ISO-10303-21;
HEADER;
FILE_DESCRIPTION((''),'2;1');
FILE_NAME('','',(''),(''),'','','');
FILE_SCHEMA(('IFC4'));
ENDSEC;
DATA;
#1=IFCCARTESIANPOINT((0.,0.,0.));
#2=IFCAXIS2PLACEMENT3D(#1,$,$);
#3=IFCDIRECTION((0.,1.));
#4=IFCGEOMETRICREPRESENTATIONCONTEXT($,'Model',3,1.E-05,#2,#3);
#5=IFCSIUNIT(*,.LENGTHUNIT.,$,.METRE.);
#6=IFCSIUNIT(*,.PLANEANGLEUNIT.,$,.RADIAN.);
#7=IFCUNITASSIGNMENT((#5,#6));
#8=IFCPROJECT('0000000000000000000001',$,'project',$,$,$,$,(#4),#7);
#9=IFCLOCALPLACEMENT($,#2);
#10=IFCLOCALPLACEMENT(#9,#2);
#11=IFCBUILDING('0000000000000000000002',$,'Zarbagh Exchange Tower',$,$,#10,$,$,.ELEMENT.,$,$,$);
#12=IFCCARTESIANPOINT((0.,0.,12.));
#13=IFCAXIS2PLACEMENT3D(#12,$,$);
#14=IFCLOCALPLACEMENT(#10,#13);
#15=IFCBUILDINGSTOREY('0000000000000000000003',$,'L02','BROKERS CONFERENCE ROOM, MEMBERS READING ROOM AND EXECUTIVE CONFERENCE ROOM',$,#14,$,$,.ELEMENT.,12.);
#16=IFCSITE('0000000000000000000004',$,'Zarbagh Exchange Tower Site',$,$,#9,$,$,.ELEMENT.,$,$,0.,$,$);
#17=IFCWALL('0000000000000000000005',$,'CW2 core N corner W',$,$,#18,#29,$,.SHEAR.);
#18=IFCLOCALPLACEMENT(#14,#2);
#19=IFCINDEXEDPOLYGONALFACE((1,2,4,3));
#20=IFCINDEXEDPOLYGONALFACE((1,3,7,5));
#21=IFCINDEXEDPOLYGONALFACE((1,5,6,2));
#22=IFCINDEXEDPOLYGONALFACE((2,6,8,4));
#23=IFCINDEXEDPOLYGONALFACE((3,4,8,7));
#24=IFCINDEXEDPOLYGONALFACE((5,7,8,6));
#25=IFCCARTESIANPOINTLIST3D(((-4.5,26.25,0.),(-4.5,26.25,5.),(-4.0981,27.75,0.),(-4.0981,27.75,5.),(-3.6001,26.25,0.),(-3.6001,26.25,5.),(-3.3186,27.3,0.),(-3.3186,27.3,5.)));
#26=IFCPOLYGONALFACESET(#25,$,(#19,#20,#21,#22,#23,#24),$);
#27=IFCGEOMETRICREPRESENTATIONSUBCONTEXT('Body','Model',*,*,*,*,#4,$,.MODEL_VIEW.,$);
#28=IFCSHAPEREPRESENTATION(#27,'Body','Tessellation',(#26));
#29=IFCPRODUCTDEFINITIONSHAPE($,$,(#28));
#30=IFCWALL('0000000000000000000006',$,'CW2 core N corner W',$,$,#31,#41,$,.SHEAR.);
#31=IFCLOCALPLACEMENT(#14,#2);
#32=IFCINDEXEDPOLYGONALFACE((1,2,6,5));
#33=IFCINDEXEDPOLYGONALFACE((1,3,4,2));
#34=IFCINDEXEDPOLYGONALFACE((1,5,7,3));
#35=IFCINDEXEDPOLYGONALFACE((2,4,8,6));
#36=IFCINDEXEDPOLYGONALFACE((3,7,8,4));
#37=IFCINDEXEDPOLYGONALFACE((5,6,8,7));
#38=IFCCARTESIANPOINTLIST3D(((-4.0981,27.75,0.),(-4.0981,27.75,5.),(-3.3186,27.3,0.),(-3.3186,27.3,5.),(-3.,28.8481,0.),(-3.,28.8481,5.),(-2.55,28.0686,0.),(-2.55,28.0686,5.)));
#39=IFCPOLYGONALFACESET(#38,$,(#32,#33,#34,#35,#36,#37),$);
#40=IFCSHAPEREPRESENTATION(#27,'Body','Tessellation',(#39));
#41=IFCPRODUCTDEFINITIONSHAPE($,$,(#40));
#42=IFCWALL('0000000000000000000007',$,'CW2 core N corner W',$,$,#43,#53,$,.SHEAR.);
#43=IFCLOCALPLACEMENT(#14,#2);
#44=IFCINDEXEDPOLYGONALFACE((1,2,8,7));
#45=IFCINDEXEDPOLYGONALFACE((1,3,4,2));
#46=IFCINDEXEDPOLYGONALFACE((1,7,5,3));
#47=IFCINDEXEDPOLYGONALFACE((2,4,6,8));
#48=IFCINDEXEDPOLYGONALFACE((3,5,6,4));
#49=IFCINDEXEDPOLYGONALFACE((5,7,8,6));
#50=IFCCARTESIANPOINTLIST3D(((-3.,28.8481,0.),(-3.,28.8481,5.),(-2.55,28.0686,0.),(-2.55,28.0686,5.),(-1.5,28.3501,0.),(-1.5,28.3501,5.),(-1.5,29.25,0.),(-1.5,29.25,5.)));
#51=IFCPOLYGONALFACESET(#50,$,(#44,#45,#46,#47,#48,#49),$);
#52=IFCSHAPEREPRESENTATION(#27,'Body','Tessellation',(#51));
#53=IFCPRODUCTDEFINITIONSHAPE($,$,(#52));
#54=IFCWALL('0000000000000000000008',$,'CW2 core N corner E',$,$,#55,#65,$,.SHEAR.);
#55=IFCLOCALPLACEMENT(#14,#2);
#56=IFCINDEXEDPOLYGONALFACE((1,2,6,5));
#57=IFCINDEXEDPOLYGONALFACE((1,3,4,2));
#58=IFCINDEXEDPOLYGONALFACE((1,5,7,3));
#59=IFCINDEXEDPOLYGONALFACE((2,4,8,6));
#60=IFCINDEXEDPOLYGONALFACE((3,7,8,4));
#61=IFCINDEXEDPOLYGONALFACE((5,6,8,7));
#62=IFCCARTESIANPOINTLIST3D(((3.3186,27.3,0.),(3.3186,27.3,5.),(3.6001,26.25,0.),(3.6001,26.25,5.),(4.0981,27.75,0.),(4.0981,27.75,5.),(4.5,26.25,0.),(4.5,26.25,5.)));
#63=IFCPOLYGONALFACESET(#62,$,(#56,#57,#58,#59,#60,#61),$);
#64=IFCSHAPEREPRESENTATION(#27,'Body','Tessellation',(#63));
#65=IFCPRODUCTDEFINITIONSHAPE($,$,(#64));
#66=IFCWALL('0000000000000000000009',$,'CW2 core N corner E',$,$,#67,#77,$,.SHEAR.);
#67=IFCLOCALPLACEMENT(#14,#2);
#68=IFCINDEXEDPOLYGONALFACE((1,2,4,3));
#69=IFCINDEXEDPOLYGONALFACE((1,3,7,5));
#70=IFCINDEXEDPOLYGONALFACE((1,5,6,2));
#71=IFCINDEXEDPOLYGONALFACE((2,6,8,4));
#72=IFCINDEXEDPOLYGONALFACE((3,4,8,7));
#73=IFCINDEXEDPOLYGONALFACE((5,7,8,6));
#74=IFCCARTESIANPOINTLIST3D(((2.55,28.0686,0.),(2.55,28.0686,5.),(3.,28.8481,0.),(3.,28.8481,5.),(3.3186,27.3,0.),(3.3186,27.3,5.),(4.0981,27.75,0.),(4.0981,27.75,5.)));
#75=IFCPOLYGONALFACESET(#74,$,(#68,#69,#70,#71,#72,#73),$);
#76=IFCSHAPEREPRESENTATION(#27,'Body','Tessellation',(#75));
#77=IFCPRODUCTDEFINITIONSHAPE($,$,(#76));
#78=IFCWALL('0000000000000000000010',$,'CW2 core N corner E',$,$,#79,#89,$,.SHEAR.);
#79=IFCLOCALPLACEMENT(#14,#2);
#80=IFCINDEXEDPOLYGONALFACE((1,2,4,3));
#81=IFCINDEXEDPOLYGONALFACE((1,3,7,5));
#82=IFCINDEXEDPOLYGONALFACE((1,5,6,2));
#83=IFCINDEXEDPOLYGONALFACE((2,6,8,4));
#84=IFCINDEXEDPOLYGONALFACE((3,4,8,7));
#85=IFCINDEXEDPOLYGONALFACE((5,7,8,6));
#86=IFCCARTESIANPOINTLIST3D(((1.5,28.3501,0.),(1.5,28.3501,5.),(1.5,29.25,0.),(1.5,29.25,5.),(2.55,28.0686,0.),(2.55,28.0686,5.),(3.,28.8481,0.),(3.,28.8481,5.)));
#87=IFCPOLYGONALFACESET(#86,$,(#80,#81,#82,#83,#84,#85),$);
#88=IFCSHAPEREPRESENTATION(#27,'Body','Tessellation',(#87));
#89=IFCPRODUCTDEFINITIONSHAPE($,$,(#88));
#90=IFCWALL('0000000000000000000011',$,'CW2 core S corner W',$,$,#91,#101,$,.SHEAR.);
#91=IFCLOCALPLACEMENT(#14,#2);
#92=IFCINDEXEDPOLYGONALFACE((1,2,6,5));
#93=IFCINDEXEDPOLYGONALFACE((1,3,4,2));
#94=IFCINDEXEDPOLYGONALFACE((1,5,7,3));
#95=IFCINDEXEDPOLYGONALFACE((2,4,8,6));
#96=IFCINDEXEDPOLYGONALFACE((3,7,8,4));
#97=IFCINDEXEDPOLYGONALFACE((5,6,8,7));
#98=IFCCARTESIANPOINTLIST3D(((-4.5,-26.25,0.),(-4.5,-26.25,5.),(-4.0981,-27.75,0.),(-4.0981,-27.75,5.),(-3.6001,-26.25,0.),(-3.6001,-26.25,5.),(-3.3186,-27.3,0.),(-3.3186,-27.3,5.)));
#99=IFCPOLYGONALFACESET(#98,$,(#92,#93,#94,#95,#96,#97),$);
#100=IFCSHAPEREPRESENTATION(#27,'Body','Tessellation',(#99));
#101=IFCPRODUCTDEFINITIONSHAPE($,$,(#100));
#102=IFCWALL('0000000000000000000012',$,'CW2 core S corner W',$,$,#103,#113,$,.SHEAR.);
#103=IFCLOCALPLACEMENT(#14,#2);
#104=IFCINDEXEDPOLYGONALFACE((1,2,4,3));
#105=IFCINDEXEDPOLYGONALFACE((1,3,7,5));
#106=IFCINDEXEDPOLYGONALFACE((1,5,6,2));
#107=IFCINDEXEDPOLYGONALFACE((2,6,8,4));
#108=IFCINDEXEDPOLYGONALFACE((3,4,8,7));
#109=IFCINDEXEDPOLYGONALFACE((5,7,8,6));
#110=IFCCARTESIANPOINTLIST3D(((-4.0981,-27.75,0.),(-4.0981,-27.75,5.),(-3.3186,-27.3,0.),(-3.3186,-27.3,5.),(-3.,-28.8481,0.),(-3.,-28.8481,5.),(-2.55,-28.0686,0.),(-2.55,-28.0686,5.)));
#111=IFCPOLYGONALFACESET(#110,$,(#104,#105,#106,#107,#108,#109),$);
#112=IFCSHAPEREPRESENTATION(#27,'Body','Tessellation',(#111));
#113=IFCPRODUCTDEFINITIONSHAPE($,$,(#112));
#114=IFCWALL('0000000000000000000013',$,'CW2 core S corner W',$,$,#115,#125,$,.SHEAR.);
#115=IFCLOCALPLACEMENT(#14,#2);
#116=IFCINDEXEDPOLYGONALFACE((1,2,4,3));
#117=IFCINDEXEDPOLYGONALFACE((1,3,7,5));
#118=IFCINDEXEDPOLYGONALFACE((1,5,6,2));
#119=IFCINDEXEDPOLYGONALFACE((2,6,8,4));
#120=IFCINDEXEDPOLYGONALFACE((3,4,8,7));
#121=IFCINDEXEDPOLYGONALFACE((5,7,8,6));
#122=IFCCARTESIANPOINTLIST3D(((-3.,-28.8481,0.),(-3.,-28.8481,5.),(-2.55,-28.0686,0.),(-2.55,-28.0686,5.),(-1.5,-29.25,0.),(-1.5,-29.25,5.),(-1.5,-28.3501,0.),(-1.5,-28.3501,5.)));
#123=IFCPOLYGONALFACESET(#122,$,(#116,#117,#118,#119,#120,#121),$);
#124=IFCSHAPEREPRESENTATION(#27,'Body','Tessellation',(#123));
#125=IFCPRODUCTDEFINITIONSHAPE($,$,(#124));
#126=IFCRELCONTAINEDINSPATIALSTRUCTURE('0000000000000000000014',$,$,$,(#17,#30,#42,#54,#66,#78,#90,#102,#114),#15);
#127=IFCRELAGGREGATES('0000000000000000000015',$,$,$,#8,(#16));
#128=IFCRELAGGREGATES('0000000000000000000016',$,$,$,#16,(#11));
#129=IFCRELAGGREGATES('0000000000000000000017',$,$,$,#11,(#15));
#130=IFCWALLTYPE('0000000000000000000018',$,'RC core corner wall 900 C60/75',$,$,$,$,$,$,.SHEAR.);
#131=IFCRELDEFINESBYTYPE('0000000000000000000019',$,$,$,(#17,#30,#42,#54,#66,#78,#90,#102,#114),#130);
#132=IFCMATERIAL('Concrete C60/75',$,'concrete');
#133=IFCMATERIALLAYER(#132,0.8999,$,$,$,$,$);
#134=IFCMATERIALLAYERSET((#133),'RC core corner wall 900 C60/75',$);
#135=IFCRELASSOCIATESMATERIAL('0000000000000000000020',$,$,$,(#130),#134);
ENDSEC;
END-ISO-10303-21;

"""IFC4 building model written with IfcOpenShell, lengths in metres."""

from ifc_helpers import new_model, si_unit, direction, frame, origin, place, context, subcontext, project, spatial, polyline, outline, extrude, material, layer, layer_set, type_object, element, save


model = new_model("IFC4")

# Units and contexts
model_context = context("Model", 3, precision=1e-05, world=origin(), true_north=direction((0.0, 1.0)))
body_context = subcontext(model_context, "Body", "Model", "MODEL_VIEW")
ifc_project = project(units=[si_unit("LENGTHUNIT", "METRE"), si_unit("PLANEANGLEUNIT", "RADIAN")], contexts=[model_context])

# Site, building, storey
site_placement = place(None, origin())
site = spatial("IfcSite", under=ifc_project, at=site_placement, Name="Zarbagh Exchange Tower Site", CompositionType="ELEMENT", RefElevation=0.0)
building_placement = place(site_placement, origin())
building = spatial("IfcBuilding", under=site, at=building_placement, Name="Zarbagh Exchange Tower", CompositionType="ELEMENT")
storey_placement = place(building_placement, frame((0.0, 0.0, 12.0)))
storey = spatial("IfcBuildingStorey", under=building, at=storey_placement, Name="L02", Description="BROKERS CONFERENCE ROOM, MEMBERS READING ROOM AND EXECUTIVE CONFERENCE ROOM", CompositionType="ELEMENT", Elevation=12.0)

# Shared definitions
ifc_material_1 = material(Name="Concrete C60/75", Category="concrete")

# Walls
ifc_layer_1 = layer(ifc_material_1, 0.8999)
ifc_layer_set_1 = layer_set([ifc_layer_1], Name="RC core corner wall 900 C60/75")
wall_type_1 = type_object("IfcWallType", Name="RC core corner wall 900 C60/75", PredefinedType="SHEAR", material=ifc_layer_set_1)
wall_1_placement = place(storey_placement, origin())
element("IfcWall", 1, at=wall_1_placement, inside=storey, type_object=wall_type_1, Name="CW2 core N corner W", PredefinedType="SHEAR", context=body_context, shape_type="SweptSolid", body=[
    extrude(outline(polyline([(-4.5, 26.25), (-4.0981, 27.75), (-3.3186, 27.3), (-3.6001, 26.25), (-4.5, 26.25)])), origin(), (0.0, 0.0, 1.0), 5.0),
])
wall_2_placement = place(storey_placement, origin())
element("IfcWall", 2, at=wall_2_placement, inside=storey, type_object=wall_type_1, Name="CW2 core N corner W", PredefinedType="SHEAR", context=body_context, shape_type="SweptSolid", body=[
    extrude(outline(polyline([(-4.0981, 27.75), (-3.0, 28.8481), (-2.55, 28.0686), (-3.3186, 27.3), (-4.0981, 27.75)])), origin(), (0.0, 0.0, 1.0), 5.0),
])
wall_3_placement = place(storey_placement, origin())
element("IfcWall", 3, at=wall_3_placement, inside=storey, type_object=wall_type_1, Name="CW2 core N corner W", PredefinedType="SHEAR", context=body_context, shape_type="SweptSolid", body=[
    extrude(outline(polyline([(-3.0, 28.8481), (-1.5, 29.25), (-1.5, 28.3501), (-2.55, 28.0686), (-3.0, 28.8481)])), origin(), (0.0, 0.0, 1.0), 5.0),
])
wall_4_placement = place(storey_placement, origin())
element("IfcWall", 4, at=wall_4_placement, inside=storey, type_object=wall_type_1, Name="CW2 core N corner E", PredefinedType="SHEAR", context=body_context, shape_type="SweptSolid", body=[
    extrude(outline(polyline([(4.5, 26.25), (4.0981, 27.75), (3.3186, 27.3), (3.6001, 26.25), (4.5, 26.25)])), origin(), (0.0, 0.0, 1.0), 5.0),
])
wall_5_placement = place(storey_placement, origin())
element("IfcWall", 5, at=wall_5_placement, inside=storey, type_object=wall_type_1, Name="CW2 core N corner E", PredefinedType="SHEAR", context=body_context, shape_type="SweptSolid", body=[
    extrude(outline(polyline([(4.0981, 27.75), (3.0, 28.8481), (2.55, 28.0686), (3.3186, 27.3), (4.0981, 27.75)])), origin(), (0.0, 0.0, 1.0), 5.0),
])
wall_6_placement = place(storey_placement, origin())
element("IfcWall", 6, at=wall_6_placement, inside=storey, type_object=wall_type_1, Name="CW2 core N corner E", PredefinedType="SHEAR", context=body_context, shape_type="SweptSolid", body=[
    extrude(outline(polyline([(3.0, 28.8481), (1.5, 29.25), (1.5, 28.3501), (2.55, 28.0686), (3.0, 28.8481)])), origin(), (0.0, 0.0, 1.0), 5.0),
])
wall_7_placement = place(storey_placement, origin())
element("IfcWall", 7, at=wall_7_placement, inside=storey, type_object=wall_type_1, Name="CW2 core S corner W", PredefinedType="SHEAR", context=body_context, shape_type="SweptSolid", body=[
    extrude(outline(polyline([(-4.5, -26.25), (-4.0981, -27.75), (-3.3186, -27.3), (-3.6001, -26.25), (-4.5, -26.25)])), origin(), (0.0, 0.0, 1.0), 5.0),
])
wall_8_placement = place(storey_placement, origin())
element("IfcWall", 8, at=wall_8_placement, inside=storey, type_object=wall_type_1, Name="CW2 core S corner W", PredefinedType="SHEAR", context=body_context, shape_type="SweptSolid", body=[
    extrude(outline(polyline([(-4.0981, -27.75), (-3.0, -28.8481), (-2.55, -28.0686), (-3.3186, -27.3), (-4.0981, -27.75)])), origin(), (0.0, 0.0, 1.0), 5.0),
])
wall_9_placement = place(storey_placement, origin())
element("IfcWall", 9, at=wall_9_placement, inside=storey, type_object=wall_type_1, Name="CW2 core S corner W", PredefinedType="SHEAR", context=body_context, shape_type="SweptSolid", body=[
    extrude(outline(polyline([(-3.0, -28.8481), (-1.5, -29.25), (-1.5, -28.3501), (-2.55, -28.0686), (-3.0, -28.8481)])), origin(), (0.0, 0.0, 1.0), 5.0),
])

save(model, "model.ifc")
